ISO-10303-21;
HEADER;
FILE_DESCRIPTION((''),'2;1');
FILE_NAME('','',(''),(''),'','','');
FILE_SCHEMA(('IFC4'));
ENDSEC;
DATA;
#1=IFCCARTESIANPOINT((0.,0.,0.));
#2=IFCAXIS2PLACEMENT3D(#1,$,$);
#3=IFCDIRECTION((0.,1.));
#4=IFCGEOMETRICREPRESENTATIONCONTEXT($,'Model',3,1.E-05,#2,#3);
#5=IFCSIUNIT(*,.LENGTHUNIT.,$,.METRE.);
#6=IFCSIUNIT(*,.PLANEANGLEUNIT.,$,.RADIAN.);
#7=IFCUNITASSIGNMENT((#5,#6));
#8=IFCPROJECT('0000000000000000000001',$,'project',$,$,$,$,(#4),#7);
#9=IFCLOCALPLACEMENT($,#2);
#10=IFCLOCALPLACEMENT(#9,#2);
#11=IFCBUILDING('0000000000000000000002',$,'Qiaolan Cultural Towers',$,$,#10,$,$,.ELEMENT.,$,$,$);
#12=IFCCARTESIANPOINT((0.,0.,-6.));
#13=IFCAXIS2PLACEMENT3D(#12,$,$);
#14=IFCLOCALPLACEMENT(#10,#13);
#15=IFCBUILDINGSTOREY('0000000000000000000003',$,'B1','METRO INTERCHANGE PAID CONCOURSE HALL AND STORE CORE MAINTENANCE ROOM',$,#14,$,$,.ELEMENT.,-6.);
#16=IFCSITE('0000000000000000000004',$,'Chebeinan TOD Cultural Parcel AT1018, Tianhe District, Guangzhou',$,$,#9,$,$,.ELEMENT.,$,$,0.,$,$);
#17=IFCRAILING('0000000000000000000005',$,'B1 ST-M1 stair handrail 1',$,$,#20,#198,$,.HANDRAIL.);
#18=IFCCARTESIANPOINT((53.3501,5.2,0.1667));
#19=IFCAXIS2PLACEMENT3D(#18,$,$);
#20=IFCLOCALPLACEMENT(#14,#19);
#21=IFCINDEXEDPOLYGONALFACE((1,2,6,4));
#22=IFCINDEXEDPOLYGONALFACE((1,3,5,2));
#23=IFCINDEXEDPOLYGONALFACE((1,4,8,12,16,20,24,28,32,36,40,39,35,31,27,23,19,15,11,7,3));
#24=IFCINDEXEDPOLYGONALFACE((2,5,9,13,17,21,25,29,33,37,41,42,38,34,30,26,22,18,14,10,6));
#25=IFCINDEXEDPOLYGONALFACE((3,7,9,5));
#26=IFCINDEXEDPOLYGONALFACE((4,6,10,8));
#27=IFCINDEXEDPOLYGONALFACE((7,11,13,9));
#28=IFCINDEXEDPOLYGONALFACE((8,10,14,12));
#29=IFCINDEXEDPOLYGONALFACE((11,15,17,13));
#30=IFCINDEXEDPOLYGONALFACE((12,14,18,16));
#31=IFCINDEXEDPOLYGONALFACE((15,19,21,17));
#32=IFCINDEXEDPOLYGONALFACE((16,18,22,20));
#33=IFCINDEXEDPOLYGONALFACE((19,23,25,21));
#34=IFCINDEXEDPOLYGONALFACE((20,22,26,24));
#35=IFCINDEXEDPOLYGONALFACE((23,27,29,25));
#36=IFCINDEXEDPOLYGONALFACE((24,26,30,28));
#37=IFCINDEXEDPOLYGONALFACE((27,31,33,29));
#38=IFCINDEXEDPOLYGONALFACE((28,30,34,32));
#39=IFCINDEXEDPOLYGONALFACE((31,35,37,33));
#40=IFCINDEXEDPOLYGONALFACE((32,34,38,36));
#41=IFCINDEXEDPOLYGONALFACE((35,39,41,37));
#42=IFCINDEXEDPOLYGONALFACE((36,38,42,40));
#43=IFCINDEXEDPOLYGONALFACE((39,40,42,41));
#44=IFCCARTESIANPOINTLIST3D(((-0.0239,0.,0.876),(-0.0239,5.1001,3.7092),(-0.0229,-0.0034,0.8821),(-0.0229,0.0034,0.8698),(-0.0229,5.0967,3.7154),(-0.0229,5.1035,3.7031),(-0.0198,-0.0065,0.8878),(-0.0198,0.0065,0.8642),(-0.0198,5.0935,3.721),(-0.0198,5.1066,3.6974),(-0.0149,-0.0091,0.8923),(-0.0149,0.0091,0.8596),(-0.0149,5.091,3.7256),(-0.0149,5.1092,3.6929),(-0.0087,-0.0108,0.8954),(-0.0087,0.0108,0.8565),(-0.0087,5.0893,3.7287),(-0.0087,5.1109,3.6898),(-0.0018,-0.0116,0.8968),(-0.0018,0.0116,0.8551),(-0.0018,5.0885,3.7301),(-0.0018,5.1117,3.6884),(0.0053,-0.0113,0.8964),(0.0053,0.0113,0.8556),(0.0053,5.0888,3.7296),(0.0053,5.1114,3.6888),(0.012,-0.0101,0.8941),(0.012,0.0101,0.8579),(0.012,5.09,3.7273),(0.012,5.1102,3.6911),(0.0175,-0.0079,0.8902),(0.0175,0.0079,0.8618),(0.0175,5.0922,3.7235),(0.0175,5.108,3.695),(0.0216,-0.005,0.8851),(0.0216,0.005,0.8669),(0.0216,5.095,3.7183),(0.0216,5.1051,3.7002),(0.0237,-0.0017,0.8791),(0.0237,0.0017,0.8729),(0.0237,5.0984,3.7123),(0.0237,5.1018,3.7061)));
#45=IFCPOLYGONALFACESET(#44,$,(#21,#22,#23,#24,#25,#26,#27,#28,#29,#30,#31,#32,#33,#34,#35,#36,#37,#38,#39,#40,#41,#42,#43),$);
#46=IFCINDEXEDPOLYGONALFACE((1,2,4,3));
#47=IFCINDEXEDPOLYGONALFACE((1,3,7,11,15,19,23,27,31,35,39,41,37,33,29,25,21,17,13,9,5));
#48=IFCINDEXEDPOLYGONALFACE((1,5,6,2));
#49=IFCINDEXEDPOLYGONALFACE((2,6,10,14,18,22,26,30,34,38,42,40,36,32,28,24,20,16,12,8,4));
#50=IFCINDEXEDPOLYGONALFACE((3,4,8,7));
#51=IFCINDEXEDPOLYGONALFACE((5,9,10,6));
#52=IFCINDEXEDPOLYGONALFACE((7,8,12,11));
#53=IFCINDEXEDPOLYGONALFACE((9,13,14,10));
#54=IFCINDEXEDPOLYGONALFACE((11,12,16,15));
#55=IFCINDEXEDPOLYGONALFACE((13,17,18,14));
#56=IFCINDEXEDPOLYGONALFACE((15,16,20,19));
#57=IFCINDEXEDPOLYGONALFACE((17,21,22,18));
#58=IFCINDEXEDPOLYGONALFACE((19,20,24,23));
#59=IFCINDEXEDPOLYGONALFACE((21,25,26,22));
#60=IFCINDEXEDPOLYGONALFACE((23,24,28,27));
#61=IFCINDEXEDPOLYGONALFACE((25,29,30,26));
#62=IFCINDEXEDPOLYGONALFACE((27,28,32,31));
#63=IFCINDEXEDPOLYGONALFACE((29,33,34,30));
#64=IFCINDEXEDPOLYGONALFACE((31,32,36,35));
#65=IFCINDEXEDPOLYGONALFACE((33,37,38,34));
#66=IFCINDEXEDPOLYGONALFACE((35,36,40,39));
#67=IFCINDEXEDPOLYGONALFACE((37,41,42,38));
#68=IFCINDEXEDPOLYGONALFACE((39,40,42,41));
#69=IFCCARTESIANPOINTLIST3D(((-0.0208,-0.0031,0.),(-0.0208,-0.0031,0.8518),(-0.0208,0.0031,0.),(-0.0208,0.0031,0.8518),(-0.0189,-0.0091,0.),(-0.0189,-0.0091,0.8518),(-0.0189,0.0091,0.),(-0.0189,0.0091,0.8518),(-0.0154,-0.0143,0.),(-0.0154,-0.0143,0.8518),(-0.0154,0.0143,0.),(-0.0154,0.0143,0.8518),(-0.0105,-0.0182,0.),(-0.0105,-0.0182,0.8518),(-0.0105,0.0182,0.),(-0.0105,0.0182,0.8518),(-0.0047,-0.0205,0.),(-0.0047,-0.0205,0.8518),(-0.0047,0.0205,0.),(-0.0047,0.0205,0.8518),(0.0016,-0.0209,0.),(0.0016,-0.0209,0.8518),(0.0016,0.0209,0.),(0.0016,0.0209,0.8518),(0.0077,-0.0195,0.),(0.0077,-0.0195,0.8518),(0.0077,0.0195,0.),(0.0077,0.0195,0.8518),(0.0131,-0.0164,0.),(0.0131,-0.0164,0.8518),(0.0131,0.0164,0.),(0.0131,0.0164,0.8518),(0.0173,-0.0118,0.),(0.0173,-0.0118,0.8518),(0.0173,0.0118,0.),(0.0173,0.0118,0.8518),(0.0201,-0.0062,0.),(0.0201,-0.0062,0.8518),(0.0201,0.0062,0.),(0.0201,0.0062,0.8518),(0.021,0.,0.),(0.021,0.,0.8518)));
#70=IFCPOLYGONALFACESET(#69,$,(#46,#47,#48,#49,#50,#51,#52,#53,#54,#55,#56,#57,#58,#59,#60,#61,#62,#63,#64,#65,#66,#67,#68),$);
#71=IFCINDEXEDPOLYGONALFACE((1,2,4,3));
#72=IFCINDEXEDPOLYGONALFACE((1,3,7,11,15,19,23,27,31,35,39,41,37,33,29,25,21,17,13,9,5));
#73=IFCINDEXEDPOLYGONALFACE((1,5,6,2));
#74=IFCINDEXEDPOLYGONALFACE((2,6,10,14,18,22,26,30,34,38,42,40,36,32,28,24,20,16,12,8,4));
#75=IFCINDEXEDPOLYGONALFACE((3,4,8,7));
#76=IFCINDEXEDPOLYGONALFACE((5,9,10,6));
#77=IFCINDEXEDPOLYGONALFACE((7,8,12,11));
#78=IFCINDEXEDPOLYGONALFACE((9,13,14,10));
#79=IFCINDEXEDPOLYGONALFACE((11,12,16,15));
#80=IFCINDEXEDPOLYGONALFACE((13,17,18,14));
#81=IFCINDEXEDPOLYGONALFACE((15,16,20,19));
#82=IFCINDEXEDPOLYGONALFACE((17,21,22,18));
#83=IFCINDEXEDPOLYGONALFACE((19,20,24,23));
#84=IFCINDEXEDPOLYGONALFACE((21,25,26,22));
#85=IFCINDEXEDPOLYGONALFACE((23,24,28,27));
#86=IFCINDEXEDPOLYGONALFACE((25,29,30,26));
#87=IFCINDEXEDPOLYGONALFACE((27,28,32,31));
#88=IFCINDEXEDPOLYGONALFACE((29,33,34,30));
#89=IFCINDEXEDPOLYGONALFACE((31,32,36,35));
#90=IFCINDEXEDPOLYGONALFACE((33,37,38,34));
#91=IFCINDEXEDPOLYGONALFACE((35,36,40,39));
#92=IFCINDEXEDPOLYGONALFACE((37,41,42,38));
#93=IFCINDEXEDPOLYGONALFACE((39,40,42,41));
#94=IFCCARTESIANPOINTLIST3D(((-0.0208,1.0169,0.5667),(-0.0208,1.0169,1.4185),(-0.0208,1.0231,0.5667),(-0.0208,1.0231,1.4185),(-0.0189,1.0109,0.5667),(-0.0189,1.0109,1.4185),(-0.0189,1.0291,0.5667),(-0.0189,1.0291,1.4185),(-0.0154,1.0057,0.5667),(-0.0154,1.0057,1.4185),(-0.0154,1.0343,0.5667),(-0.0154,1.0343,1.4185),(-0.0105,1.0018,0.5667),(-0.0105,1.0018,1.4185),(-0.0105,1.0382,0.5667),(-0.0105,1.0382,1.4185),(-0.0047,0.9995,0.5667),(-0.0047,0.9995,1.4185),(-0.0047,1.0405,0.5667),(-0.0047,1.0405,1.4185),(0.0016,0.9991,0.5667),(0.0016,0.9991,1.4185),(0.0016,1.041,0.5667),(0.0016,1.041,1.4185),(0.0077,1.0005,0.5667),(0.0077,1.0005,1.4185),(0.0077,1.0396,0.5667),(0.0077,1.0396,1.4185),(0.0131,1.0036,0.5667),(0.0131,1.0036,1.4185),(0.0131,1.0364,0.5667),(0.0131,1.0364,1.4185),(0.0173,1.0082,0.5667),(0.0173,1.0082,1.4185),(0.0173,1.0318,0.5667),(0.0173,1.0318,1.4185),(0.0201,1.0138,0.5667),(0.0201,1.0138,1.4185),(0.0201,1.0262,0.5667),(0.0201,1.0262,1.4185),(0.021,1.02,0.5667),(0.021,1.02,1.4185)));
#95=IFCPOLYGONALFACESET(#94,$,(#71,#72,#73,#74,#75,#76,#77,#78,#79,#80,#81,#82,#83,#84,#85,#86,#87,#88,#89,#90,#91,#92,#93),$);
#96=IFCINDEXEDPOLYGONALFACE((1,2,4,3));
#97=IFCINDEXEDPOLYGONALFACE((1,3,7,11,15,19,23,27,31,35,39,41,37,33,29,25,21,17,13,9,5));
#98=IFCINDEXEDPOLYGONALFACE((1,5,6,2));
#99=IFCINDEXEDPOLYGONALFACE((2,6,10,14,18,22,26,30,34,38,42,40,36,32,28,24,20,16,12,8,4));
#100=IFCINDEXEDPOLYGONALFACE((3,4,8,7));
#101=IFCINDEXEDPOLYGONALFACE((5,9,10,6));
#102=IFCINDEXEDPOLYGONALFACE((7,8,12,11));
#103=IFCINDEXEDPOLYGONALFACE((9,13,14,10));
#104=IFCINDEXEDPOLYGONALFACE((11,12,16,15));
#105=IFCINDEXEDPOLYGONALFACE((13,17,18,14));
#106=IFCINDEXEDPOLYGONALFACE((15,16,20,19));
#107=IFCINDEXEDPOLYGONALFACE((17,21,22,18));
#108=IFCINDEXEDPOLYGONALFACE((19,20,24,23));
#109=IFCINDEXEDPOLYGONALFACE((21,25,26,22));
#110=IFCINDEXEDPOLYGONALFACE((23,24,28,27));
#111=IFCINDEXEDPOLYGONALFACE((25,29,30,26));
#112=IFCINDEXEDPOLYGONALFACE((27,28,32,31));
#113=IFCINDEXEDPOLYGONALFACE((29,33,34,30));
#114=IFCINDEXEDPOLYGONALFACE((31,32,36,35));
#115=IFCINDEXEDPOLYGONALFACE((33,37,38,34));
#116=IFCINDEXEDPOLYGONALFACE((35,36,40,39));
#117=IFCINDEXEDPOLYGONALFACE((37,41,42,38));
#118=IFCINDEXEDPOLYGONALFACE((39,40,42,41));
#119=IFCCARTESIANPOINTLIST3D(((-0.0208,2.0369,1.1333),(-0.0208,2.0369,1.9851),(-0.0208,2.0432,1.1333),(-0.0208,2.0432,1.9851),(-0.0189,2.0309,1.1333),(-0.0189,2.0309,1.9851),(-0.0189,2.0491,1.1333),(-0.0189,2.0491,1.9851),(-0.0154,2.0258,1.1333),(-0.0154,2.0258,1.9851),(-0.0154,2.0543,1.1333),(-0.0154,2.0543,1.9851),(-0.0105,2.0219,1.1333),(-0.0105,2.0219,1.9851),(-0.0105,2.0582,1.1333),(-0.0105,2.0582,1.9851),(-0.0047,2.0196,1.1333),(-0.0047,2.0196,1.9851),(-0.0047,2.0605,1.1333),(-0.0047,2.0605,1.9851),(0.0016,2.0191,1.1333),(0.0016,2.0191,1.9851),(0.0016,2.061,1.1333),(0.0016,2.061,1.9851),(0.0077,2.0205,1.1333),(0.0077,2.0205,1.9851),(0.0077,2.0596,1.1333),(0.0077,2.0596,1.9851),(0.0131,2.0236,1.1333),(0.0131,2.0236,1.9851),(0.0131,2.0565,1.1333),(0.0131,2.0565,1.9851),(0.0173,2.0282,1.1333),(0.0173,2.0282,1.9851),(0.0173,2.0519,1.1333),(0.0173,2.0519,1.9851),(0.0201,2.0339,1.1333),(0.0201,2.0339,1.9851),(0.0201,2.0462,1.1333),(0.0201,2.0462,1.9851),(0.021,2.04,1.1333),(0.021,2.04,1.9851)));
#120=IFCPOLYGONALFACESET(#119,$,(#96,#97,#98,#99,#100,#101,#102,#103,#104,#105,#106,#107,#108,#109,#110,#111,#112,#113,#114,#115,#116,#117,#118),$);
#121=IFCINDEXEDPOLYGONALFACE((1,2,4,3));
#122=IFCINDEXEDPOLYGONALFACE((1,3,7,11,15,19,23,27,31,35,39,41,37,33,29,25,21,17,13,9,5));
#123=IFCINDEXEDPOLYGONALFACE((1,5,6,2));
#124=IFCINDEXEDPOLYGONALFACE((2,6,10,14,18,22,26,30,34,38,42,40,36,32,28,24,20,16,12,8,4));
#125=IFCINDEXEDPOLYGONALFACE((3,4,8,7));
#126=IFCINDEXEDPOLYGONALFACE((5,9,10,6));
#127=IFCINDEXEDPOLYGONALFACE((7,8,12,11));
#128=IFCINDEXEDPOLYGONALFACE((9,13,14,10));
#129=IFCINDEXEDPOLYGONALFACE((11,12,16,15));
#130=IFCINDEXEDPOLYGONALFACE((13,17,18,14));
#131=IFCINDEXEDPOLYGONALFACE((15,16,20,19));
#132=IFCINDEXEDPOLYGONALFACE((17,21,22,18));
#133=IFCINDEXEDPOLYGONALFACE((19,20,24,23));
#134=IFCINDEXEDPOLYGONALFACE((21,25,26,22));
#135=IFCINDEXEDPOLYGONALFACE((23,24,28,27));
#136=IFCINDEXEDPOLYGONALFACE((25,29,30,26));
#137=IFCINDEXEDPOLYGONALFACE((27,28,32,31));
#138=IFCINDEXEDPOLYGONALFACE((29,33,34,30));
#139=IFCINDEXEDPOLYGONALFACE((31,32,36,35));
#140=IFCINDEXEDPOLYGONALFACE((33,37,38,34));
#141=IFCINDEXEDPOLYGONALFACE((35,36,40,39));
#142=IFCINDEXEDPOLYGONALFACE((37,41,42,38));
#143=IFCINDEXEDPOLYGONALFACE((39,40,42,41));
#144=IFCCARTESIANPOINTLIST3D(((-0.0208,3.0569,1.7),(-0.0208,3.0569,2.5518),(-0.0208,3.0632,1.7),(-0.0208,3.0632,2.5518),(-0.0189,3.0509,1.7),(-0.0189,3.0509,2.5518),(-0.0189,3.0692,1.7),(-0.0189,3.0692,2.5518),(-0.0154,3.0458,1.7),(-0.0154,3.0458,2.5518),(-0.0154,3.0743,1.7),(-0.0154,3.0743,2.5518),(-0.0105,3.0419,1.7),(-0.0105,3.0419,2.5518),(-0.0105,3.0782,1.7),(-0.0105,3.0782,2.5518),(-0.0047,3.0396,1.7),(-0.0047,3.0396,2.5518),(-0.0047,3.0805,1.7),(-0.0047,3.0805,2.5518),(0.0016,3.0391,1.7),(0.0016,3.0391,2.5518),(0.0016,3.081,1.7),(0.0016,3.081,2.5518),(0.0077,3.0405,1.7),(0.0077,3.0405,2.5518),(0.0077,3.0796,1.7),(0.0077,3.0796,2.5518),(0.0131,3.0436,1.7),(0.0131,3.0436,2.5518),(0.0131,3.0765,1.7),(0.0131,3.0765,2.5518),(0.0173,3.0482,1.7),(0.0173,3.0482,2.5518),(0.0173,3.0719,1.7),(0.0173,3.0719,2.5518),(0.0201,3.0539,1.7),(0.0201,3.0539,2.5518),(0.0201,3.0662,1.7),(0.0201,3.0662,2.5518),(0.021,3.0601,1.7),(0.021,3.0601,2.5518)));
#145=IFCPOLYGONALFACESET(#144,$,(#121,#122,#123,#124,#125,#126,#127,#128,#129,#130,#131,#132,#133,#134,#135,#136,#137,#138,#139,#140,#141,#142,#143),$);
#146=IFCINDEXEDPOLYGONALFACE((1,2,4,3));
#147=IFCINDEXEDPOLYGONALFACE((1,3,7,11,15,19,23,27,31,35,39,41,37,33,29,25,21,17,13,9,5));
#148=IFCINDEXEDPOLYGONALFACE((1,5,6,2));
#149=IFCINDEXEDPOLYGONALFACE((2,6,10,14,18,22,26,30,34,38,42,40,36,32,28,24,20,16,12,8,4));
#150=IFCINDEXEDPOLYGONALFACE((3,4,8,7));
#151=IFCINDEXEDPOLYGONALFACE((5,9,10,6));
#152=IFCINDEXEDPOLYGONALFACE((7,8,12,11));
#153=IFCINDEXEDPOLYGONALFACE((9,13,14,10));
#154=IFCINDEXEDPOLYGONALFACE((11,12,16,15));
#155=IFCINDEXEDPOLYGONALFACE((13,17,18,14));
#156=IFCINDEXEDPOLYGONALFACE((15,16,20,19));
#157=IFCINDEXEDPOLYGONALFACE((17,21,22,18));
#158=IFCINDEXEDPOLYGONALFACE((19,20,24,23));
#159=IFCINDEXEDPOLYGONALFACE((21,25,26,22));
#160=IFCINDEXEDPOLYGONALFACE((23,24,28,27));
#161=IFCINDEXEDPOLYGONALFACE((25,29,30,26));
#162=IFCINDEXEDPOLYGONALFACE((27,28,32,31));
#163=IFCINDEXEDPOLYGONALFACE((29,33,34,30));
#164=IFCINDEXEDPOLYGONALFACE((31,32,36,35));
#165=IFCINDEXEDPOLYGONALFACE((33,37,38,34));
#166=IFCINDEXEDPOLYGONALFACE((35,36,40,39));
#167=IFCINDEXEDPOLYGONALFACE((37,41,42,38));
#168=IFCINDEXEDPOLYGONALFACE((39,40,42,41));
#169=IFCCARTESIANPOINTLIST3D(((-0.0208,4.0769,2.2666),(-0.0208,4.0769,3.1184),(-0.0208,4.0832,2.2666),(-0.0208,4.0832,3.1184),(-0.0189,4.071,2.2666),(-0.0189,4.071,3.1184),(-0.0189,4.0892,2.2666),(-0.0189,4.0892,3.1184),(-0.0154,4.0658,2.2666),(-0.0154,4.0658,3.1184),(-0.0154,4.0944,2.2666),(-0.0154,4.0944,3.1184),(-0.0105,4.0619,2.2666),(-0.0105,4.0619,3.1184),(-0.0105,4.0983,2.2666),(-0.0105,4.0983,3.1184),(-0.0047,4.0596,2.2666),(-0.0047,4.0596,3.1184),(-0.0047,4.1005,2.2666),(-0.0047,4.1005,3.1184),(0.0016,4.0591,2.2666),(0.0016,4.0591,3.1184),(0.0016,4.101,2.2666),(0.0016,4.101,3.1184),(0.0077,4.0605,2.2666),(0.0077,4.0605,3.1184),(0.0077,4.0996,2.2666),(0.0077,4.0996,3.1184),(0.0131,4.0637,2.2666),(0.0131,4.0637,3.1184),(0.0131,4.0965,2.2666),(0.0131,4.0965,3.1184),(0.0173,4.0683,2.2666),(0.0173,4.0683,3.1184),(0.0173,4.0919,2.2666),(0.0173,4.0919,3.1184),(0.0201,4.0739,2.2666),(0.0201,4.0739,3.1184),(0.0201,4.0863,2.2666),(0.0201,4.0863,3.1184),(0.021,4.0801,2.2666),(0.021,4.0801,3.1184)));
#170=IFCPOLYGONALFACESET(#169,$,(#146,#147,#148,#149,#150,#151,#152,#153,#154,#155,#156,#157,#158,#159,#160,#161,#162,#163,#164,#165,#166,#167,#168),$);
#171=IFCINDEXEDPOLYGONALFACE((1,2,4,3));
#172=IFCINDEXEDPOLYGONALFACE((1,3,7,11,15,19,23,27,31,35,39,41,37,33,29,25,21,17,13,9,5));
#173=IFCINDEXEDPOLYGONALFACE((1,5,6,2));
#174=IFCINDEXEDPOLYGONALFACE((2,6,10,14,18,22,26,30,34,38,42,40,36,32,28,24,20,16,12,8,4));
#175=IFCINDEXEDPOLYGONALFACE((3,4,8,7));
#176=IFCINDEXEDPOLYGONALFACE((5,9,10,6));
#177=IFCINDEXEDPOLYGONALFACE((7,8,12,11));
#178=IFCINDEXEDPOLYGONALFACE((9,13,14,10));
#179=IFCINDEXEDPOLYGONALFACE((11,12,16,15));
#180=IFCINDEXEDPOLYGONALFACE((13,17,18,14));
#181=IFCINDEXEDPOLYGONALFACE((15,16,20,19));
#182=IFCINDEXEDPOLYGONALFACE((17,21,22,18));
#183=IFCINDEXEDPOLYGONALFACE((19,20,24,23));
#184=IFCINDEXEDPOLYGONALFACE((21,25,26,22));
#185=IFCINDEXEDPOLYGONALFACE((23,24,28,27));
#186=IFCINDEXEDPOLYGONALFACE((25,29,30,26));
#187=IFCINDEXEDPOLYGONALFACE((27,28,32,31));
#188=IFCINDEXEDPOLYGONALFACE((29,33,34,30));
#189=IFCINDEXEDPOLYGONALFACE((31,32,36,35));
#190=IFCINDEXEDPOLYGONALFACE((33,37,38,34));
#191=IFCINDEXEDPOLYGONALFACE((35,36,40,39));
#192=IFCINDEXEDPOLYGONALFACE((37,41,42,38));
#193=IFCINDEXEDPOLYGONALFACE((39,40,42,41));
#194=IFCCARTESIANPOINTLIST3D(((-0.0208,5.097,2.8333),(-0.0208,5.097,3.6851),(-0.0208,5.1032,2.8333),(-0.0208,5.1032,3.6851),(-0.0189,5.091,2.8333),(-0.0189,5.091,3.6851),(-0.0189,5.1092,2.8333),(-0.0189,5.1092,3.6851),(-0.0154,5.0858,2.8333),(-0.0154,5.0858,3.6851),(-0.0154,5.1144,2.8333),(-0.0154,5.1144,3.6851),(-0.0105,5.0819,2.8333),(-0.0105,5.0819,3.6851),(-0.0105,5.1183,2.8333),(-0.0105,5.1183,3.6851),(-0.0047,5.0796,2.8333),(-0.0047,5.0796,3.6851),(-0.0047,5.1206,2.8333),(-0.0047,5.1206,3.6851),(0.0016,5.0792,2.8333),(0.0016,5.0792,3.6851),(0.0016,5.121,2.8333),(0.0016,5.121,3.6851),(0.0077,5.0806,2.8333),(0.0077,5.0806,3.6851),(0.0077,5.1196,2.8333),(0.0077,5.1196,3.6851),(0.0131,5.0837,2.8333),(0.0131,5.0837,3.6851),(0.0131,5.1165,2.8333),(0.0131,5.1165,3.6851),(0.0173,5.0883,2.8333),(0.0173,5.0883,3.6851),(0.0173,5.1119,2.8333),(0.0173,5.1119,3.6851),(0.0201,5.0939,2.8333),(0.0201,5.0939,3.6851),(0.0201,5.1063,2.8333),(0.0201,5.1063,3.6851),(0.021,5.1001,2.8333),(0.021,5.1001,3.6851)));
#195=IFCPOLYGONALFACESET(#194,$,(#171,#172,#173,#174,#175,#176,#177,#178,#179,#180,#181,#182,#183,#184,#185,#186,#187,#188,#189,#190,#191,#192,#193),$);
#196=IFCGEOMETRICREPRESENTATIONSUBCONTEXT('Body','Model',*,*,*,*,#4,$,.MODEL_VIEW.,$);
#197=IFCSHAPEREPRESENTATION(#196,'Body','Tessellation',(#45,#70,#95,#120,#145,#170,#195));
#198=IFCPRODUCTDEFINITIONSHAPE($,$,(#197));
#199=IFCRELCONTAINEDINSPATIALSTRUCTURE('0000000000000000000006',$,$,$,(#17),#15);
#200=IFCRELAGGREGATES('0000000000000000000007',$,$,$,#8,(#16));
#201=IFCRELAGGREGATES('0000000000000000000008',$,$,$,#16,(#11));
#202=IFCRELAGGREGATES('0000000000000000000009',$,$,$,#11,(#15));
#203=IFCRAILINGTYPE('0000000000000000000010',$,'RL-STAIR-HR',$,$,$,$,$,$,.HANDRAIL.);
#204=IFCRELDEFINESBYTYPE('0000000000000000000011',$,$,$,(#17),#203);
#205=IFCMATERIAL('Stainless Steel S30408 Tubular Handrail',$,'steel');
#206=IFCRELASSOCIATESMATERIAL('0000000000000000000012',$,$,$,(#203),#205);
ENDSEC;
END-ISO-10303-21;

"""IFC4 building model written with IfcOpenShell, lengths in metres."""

from ifc_helpers import new_model, si_unit, direction, frame, origin, origin_2d, place, context, subcontext, project, spatial, circle, extrude, material, type_object, element, save


model = new_model("IFC4")

# Units and contexts
model_context = context("Model", 3, precision=1e-05, world=origin(), true_north=direction((0.0, 1.0)))
body_context = subcontext(model_context, "Body", "Model", "MODEL_VIEW")
ifc_project = project(units=[si_unit("LENGTHUNIT", "METRE"), si_unit("PLANEANGLEUNIT", "RADIAN")], contexts=[model_context])

# Site, building, storey
site_placement = place(None, origin())
site = spatial("IfcSite", under=ifc_project, at=site_placement, Name="Chebeinan TOD Cultural Parcel AT1018, Tianhe District, Guangzhou", CompositionType="ELEMENT", RefElevation=0.0)
building_placement = place(site_placement, origin())
building = spatial("IfcBuilding", under=site, at=building_placement, Name="Qiaolan Cultural Towers", CompositionType="ELEMENT")
storey_placement = place(building_placement, frame((0.0, 0.0, -6.0)))
storey = spatial("IfcBuildingStorey", under=building, at=storey_placement, Name="B1", Description="METRO INTERCHANGE PAID CONCOURSE HALL AND STORE CORE MAINTENANCE ROOM", CompositionType="ELEMENT", Elevation=-6.0)

# Railing
ifc_material_1 = material(Name="Stainless Steel S30408 Tubular Handrail", Category="steel")
railing_type_1 = type_object("IfcRailingType", Name="RL-STAIR-HR", PredefinedType="HANDRAIL", material=ifc_material_1)
for number, where, name in (
    (1, (53.3501, 5.2, 0.1667), "B1 ST-M1 stair handrail 1"),
):
    element("IfcRailing", number, at=place(storey_placement, frame(where)), inside=storey, type_object=railing_type_1, Name=name, PredefinedType="HANDRAIL", context=body_context, shape_type="SweptSolid", body=[
        extrude(circle(Radius=0.0239, at=origin_2d()), frame((0.0, 0.0, 0.876), z_axis=(0.0, 0.874167, 0.485625), x_axis=(-1.0, 0.0, 0.0)), (0.0, 0.0, 1.0), 5.8342),
        extrude(circle(Radius=0.021, at=origin_2d()), origin(), (0.0, 0.0, 1.0), 0.8518),
        extrude(circle(Radius=0.021, at=origin_2d()), frame((0.0, 1.02, 0.5667)), (0.0, 0.0, 1.0), 0.8518),
        extrude(circle(Radius=0.021, at=origin_2d()), frame((0.0, 2.04, 1.1333)), (0.0, 0.0, 1.0), 0.8518),
        extrude(circle(Radius=0.021, at=origin_2d()), frame((0.0, 3.0601, 1.7)), (0.0, 0.0, 1.0), 0.8518),
        extrude(circle(Radius=0.021, at=origin_2d()), frame((0.0, 4.0801, 2.2666)), (0.0, 0.0, 1.0), 0.8518),
        extrude(circle(Radius=0.021, at=origin_2d()), frame((0.0, 5.1001, 2.8333)), (0.0, 0.0, 1.0), 0.8518),
    ])

save(model, "model.ifc")
